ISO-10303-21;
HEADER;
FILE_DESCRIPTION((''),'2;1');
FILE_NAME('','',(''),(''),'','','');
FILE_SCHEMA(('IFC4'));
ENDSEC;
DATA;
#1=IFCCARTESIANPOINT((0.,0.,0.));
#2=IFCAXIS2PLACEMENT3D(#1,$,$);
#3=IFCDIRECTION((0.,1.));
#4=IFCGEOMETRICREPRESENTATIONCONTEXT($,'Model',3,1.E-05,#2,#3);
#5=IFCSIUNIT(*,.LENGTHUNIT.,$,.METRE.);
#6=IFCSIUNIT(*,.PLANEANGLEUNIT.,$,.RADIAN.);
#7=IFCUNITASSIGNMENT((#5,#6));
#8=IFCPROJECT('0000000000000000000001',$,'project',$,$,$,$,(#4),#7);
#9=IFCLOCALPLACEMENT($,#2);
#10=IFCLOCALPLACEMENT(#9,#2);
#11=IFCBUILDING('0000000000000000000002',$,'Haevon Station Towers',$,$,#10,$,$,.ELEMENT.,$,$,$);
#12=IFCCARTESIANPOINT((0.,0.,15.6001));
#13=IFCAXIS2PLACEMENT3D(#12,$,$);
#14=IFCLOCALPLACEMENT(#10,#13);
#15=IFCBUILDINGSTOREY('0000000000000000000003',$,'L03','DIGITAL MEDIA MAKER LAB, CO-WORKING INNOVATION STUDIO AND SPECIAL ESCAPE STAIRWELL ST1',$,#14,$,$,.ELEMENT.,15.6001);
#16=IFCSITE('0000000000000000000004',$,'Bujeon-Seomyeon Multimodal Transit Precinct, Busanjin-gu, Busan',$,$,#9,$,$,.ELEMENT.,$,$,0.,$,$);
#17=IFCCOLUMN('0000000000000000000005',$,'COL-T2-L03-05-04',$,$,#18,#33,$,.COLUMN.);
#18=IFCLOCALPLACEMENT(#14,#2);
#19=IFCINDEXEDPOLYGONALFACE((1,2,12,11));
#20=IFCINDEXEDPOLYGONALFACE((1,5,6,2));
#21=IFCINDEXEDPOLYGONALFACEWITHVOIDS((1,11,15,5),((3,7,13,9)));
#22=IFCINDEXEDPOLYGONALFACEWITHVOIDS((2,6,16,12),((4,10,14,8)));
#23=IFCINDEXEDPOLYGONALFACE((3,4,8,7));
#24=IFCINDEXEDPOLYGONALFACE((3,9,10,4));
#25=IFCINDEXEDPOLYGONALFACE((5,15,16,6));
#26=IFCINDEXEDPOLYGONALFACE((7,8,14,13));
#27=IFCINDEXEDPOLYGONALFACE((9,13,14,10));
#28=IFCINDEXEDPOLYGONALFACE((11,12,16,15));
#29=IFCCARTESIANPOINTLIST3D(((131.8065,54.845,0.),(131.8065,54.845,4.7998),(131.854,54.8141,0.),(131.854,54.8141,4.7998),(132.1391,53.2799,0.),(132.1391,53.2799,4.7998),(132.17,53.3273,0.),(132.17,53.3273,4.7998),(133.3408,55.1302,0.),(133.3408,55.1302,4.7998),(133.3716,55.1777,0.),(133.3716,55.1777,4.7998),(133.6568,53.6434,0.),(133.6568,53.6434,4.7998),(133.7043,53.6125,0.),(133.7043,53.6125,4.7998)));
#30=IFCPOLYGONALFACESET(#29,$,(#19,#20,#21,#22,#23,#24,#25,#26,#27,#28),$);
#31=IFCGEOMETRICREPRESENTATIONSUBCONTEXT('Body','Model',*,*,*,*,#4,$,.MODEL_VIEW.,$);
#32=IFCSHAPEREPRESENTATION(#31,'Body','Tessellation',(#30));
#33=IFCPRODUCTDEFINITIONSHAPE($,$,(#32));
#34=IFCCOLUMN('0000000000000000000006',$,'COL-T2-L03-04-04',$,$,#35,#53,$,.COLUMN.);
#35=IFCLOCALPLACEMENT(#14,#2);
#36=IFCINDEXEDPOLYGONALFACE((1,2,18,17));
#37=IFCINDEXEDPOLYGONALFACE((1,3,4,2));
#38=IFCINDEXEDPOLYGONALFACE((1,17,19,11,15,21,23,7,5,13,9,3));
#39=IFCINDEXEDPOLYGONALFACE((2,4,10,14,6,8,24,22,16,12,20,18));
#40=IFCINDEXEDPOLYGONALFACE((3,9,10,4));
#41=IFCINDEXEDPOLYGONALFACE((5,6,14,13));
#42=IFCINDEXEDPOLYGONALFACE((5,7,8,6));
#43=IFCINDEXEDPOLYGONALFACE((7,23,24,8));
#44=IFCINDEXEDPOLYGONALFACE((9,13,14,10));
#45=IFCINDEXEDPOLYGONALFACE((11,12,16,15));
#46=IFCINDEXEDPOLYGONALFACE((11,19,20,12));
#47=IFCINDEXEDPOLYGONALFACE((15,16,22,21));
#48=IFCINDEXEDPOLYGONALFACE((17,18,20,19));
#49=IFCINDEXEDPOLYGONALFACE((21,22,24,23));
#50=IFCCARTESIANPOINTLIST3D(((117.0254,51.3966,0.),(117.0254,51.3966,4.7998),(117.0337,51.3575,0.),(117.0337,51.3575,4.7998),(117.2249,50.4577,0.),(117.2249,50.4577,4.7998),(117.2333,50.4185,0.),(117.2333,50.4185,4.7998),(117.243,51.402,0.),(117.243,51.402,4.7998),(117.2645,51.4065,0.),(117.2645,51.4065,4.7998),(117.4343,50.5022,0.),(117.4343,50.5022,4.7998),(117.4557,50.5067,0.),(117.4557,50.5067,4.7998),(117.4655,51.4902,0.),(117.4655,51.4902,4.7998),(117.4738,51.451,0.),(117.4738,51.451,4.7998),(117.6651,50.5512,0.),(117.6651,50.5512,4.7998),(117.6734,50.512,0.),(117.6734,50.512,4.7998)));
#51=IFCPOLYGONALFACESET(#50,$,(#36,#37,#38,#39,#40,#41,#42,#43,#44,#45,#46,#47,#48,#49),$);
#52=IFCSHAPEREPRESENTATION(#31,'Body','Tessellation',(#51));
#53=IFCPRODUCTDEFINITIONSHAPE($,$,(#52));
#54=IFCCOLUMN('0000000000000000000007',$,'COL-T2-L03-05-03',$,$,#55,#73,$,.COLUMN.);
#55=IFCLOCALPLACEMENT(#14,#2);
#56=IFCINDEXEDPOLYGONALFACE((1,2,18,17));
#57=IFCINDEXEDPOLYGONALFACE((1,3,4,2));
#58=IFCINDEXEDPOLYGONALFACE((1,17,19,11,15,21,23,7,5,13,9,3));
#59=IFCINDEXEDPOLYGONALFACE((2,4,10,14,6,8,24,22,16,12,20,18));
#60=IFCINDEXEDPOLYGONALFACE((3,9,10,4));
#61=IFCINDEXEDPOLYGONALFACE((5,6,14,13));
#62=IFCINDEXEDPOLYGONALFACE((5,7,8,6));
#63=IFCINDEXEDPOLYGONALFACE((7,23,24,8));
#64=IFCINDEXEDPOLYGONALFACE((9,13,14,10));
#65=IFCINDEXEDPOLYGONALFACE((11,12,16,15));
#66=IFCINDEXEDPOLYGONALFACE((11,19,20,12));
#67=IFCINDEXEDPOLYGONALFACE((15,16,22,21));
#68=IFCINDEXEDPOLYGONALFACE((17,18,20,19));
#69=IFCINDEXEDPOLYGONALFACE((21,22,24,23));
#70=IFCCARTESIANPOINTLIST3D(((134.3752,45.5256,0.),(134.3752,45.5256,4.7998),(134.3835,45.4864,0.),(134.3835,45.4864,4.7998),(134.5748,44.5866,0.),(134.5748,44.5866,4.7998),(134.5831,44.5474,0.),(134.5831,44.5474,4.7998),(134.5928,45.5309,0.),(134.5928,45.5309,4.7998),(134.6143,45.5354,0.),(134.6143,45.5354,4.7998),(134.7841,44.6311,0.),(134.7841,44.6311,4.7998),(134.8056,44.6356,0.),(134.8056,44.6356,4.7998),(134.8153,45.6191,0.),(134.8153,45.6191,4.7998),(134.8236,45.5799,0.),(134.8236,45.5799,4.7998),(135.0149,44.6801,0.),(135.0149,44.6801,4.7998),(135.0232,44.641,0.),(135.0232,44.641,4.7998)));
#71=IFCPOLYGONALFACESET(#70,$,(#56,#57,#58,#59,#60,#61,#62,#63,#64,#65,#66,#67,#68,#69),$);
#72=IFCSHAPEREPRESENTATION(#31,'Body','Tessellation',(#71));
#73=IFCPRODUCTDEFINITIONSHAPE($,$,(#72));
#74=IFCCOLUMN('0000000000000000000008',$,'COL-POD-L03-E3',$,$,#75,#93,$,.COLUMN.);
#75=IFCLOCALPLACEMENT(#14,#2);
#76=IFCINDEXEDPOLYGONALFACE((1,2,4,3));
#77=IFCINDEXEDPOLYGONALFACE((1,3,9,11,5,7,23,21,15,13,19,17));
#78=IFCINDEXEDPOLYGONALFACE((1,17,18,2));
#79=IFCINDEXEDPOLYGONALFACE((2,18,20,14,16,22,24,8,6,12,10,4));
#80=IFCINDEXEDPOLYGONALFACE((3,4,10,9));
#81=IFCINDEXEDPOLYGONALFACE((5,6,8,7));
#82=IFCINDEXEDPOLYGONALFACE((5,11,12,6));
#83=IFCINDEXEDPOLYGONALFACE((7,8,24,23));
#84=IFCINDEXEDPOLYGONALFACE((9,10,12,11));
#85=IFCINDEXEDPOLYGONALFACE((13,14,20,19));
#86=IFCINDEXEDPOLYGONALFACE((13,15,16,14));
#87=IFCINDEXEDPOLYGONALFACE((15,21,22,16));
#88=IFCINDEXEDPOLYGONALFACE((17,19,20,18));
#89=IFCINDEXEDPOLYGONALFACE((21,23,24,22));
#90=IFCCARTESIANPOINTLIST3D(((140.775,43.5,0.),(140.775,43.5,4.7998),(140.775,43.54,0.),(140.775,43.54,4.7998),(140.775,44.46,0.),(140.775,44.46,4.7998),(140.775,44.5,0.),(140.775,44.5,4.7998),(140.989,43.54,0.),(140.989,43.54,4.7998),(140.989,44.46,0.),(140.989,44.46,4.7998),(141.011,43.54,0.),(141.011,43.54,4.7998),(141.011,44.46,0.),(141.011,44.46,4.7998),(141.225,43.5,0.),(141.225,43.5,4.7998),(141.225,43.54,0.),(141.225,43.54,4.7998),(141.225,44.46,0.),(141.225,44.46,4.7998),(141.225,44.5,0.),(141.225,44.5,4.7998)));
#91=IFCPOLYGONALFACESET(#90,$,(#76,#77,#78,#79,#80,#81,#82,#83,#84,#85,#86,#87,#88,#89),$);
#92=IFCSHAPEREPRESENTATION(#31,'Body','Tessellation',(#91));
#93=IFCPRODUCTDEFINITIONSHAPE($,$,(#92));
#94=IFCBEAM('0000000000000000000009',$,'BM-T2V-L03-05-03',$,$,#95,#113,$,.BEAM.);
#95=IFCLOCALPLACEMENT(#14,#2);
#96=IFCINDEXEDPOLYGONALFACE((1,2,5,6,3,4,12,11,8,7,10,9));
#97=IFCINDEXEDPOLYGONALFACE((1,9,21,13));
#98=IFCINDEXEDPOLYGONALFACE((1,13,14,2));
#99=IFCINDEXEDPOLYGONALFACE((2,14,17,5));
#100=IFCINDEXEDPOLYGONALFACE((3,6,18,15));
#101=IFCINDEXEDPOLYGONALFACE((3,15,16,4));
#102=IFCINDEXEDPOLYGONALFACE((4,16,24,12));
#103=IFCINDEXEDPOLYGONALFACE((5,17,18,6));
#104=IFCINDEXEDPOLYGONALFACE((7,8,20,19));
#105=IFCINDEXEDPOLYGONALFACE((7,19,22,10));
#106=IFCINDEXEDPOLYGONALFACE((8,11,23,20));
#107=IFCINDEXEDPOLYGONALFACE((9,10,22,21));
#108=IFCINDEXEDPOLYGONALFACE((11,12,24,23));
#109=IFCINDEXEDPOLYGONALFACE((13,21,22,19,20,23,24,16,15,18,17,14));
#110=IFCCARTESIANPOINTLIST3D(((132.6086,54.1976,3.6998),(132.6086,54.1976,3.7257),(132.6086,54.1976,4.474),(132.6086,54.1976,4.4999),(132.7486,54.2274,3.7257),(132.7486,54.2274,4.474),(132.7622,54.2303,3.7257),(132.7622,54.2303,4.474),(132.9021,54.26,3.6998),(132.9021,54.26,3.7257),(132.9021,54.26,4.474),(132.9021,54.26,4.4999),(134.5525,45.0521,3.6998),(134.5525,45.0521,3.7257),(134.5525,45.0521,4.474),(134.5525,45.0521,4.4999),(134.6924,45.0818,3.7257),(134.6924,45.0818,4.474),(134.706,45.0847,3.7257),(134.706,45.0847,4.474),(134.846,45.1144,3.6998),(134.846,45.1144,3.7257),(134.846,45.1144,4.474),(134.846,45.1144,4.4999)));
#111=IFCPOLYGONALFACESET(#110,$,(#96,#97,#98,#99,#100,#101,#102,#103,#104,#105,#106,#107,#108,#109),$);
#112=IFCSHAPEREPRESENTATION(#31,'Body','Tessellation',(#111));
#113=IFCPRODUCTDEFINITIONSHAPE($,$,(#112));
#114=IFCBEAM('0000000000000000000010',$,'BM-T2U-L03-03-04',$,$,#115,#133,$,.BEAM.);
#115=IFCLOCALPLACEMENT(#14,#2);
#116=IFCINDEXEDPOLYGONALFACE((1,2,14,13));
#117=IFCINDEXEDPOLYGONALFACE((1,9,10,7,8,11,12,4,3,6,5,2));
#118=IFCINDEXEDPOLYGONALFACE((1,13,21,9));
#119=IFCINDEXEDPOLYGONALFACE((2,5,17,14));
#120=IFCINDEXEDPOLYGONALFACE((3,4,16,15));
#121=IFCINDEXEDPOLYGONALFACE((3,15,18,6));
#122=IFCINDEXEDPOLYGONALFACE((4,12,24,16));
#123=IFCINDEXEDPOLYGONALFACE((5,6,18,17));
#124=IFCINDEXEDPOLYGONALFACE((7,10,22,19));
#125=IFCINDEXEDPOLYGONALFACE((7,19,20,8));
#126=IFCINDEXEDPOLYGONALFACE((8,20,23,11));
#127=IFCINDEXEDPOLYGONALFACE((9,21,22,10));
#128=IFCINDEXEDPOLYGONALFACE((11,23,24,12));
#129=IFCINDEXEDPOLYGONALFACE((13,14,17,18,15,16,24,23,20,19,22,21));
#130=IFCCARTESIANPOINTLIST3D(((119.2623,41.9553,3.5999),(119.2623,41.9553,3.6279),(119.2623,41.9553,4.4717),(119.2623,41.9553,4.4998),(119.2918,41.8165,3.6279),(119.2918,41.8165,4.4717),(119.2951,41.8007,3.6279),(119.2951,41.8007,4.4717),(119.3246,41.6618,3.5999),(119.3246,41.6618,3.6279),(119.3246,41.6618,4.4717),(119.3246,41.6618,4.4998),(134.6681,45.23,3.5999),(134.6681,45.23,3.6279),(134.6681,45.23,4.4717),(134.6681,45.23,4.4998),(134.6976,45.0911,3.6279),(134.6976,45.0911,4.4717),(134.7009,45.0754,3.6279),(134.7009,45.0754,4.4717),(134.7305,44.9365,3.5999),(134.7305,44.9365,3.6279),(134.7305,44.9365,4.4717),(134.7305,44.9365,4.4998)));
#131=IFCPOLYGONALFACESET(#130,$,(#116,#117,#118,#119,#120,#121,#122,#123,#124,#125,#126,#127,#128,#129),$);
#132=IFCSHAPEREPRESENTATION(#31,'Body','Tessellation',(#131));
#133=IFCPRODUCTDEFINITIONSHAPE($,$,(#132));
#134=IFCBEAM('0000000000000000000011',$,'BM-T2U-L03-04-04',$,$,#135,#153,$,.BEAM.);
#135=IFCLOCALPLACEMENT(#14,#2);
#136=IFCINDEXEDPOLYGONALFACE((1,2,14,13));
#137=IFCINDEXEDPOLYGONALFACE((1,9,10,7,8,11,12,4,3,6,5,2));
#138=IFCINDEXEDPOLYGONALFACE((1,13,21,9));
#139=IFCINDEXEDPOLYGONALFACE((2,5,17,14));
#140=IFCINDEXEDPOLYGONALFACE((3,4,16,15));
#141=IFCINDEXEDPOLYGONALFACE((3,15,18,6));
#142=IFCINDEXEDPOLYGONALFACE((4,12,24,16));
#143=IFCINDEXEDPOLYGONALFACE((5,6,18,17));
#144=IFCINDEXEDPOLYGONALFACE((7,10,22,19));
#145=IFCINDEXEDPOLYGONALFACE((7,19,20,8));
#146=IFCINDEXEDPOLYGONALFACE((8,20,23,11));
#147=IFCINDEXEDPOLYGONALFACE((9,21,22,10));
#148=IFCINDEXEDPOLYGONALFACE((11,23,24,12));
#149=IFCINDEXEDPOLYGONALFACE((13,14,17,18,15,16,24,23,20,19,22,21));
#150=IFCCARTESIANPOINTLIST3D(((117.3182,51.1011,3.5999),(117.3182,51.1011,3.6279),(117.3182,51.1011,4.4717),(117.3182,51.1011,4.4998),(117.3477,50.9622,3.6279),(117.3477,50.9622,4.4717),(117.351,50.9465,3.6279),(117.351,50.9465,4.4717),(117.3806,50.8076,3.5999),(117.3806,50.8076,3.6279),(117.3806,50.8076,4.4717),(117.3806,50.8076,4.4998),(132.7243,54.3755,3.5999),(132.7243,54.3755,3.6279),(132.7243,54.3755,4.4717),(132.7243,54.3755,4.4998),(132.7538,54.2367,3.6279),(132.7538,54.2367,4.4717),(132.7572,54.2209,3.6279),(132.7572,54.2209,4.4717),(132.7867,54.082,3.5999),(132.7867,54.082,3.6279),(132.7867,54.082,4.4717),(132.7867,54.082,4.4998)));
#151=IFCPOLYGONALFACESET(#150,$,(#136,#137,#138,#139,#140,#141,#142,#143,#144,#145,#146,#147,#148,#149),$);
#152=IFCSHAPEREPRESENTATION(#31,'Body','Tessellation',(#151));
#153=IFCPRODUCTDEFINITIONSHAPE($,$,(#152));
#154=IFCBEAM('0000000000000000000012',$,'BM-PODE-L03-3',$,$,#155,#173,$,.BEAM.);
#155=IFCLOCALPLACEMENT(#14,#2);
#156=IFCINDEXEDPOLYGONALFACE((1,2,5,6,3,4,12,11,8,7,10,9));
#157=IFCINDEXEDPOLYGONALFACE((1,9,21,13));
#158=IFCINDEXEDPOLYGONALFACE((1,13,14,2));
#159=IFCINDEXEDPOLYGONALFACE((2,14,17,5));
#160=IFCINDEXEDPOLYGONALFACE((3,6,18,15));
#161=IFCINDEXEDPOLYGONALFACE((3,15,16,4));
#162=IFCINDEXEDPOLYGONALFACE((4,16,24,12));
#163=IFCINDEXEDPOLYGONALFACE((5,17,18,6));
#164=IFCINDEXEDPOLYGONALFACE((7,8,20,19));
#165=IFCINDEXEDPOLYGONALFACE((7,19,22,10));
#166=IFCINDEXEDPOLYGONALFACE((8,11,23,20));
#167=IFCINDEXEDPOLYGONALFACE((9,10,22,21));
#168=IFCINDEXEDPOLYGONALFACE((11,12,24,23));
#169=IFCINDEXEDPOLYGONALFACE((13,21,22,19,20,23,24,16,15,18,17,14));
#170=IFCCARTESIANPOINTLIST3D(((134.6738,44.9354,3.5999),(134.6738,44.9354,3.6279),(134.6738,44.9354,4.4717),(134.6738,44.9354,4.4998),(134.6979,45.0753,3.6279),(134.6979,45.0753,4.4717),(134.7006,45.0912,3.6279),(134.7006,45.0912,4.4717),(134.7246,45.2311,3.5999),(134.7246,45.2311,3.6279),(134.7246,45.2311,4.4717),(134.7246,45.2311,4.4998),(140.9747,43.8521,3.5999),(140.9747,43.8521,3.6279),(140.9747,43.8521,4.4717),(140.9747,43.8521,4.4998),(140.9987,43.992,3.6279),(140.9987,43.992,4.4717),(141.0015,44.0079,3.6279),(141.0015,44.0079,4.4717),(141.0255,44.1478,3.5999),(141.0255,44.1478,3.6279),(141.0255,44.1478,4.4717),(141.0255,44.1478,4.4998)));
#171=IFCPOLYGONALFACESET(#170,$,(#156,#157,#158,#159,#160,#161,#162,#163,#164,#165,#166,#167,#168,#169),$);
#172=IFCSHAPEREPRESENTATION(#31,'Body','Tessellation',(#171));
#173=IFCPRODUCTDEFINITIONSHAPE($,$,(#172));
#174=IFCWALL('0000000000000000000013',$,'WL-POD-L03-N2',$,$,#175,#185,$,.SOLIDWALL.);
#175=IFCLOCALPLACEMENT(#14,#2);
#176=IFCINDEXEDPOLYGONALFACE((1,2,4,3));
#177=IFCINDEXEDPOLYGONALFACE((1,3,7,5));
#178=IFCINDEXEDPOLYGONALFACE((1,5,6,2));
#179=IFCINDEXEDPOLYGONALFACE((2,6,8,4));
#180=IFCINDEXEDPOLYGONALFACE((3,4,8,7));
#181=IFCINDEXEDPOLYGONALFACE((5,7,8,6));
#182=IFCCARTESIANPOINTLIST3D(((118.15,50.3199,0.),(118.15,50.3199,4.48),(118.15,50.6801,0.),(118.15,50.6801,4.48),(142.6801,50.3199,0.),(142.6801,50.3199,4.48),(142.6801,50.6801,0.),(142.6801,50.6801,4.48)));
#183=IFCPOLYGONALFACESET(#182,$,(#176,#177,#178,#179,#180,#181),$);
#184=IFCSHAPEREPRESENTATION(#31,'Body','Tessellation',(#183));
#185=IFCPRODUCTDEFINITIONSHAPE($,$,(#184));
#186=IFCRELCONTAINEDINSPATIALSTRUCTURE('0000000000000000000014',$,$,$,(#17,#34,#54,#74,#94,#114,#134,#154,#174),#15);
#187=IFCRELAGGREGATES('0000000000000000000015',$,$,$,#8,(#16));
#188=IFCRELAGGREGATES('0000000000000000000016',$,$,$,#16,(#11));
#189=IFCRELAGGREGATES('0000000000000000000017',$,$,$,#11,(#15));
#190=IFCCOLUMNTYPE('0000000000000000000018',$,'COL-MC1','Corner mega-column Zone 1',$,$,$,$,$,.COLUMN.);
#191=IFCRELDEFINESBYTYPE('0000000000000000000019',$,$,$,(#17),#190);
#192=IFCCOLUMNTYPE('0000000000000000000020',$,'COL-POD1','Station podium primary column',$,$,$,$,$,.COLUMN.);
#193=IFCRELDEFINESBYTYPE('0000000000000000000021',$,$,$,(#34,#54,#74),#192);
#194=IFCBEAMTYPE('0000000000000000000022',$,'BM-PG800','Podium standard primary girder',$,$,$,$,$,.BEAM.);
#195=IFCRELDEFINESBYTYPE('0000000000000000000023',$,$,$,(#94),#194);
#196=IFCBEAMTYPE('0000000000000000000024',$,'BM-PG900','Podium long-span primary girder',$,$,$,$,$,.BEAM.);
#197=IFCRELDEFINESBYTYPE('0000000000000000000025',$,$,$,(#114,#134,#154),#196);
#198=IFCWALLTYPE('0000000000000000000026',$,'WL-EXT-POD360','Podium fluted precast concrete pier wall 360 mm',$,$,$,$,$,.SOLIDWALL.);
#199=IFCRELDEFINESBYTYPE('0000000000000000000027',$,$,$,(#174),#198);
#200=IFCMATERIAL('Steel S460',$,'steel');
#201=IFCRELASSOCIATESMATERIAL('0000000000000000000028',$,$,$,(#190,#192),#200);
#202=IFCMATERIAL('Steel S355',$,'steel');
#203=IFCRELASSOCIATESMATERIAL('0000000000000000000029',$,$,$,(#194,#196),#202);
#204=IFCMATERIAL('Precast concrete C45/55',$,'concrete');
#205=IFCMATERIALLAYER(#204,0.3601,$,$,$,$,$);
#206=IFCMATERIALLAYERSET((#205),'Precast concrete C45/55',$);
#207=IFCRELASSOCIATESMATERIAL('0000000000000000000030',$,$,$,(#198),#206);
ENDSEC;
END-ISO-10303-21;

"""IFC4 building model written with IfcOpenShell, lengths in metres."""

from ifc_helpers import new_model, si_unit, direction, frame, frame_2d, origin, origin_2d, place, context, subcontext, project, spatial, rectangle, hollow_rectangle, i_section, extrude, material, layer, layer_set, material_profile, profile_set, type_object, element, save


model = new_model("IFC4")

# Units and contexts
model_context = context("Model", 3, precision=1e-05, world=origin(), true_north=direction((0.0, 1.0)))
body_context = subcontext(model_context, "Body", "Model", "MODEL_VIEW")
ifc_project = project(units=[si_unit("LENGTHUNIT", "METRE"), si_unit("PLANEANGLEUNIT", "RADIAN")], contexts=[model_context])

# Site, building, storey
site_placement = place(None, origin())
site = spatial("IfcSite", under=ifc_project, at=site_placement, Name="Bujeon-Seomyeon Multimodal Transit Precinct, Busanjin-gu, Busan", CompositionType="ELEMENT", RefElevation=0.0)
building_placement = place(site_placement, origin())
building = spatial("IfcBuilding", under=site, at=building_placement, Name="Haevon Station Towers", CompositionType="ELEMENT")
storey_placement = place(building_placement, frame((0.0, 0.0, 15.6001)))
storey = spatial("IfcBuildingStorey", under=building, at=storey_placement, Name="L03", Description="DIGITAL MEDIA MAKER LAB, CO-WORKING INNOVATION STUDIO AND SPECIAL ESCAPE STAIRWELL ST1", CompositionType="ELEMENT", Elevation=15.6001)

# Columns
ifc_material_1 = material(Name="Steel S460", Category="steel")
ifc_material_profile_1 = material_profile(ifc_material_1, hollow_rectangle(XDim=1.6001, YDim=1.6001, WallThickness=0.04, at=origin_2d()), Name="BOX-1600x1600x40")
ifc_profile_set_1 = profile_set([ifc_material_profile_1], Name="Steel S460")
column_type_1 = type_object("IfcColumnType", Name="COL-MC1", Description="Corner mega-column Zone 1", PredefinedType="COLUMN", material=ifc_profile_set_1)
column_placement = place(storey_placement, frame((132.7554, 54.2288, 0.0), z_axis=(0.0, 0.0, 1.0), x_axis=(0.978148, 0.207912, 0.0)))
element("IfcColumn", 1, at=column_placement, inside=storey, type_object=column_type_1, Name="COL-T2-L03-05-04", PredefinedType="COLUMN", context=body_context, shape_type="SweptSolid", body=[
    extrude(hollow_rectangle(XDim=1.6001, YDim=1.6001, WallThickness=0.04, at=origin_2d()), origin(), (0.0, 0.0, 1.0), 4.7998),
])
ifc_material_profile_2 = material_profile(ifc_material_1, i_section(OverallWidth=0.45, OverallDepth=1.0, WebThickness=0.022, FlangeThickness=0.04, at=origin_2d()), Name="H-1000x450x22x40")
ifc_profile_set_2 = profile_set([ifc_material_profile_2], Name="Steel S460")
column_type_2 = type_object("IfcColumnType", Name="COL-POD1", Description="Station podium primary column", PredefinedType="COLUMN", material=ifc_profile_set_2)
for number, where, z_axis, x_axis, name in (
    (2, (117.3494, 50.9543, 0.0), (0.0, 0.0, 1.0), (0.978148, 0.207912, 0.0), "COL-T2-L03-04-04"),
    (3, (134.6992, 45.0833, 0.0), (0.0, 0.0, 1.0), (0.978148, 0.207912, 0.0), "COL-T2-L03-05-03"),
    (4, (141.0, 44.0, 0.0), (0.0, 0.0, 1.0), (1.0, 0.0, 0.0), "COL-POD-L03-E3"),
):
    element("IfcColumn", number, at=place(storey_placement, frame(where, z_axis=z_axis, x_axis=x_axis)), inside=storey, type_object=column_type_2, Name=name, PredefinedType="COLUMN", context=body_context, shape_type="SweptSolid", body=[
        extrude(i_section(OverallWidth=0.45, OverallDepth=1.0, WebThickness=0.022, FlangeThickness=0.04, at=origin_2d()), origin(), (0.0, 0.0, 1.0), 4.7998),
    ])

# Beams
ifc_material_2 = material(Name="Steel S355", Category="steel")
ifc_material_profile_3 = material_profile(ifc_material_2, i_section(OverallWidth=0.3, OverallDepth=0.8, WebThickness=0.0139, FlangeThickness=0.0259, at=origin_2d()), Name="H-800x300x14x26")
ifc_profile_set_3 = profile_set([ifc_material_profile_3], Name="Steel S355")
beam_type_1 = type_object("IfcBeamType", Name="BM-PG800", Description="Podium standard primary girder", PredefinedType="BEAM", material=ifc_profile_set_3)
beam_1_placement = place(storey_placement, frame((134.6992, 45.0833, 4.0999), z_axis=(-0.207902, 0.97815, 0.0), x_axis=(-0.97815, -0.207902, 0.0)))
element("IfcBeam", 5, at=beam_1_placement, inside=storey, type_object=beam_type_1, Name="BM-T2V-L03-05-03", PredefinedType="BEAM", context=body_context, shape_type="SweptSolid", body=[
    extrude(i_section(OverallWidth=0.3, OverallDepth=0.8, WebThickness=0.0139, FlangeThickness=0.0259, at=origin_2d()), origin(), (0.0, 0.0, 1.0), 9.3499),
])
ifc_material_profile_4 = material_profile(ifc_material_2, i_section(OverallWidth=0.3, OverallDepth=0.8999, WebThickness=0.0161, FlangeThickness=0.0281, at=origin_2d()), Name="H-900x300x16x28")
ifc_profile_set_4 = profile_set([ifc_material_profile_4], Name="Steel S355")
beam_type_2 = type_object("IfcBeamType", Name="BM-PG900", Description="Podium long-span primary girder", PredefinedType="BEAM", material=ifc_profile_set_4)
beam_2_placement = place(storey_placement, frame((119.2935, 41.8086, 4.0498), z_axis=(0.978147, 0.207915, 0.0), x_axis=(-0.207915, 0.978147, 0.0)))
element("IfcBeam", 6, at=beam_2_placement, inside=storey, type_object=beam_type_2, Name="BM-T2U-L03-03-04", PredefinedType="BEAM", context=body_context, shape_type="SweptSolid", body=[
    extrude(i_section(OverallWidth=0.3, OverallDepth=0.8999, WebThickness=0.0161, FlangeThickness=0.0281, at=origin_2d()), origin(), (0.0, 0.0, 1.0), 15.75),
])
beam_3_placement = place(storey_placement, frame((117.3494, 50.9543, 4.0498), z_axis=(0.978151, 0.207898, 0.0), x_axis=(-0.207898, 0.978151, 0.0)))
element("IfcBeam", 7, at=beam_3_placement, inside=storey, type_object=beam_type_2, Name="BM-T2U-L03-04-04", PredefinedType="BEAM", context=body_context, shape_type="SweptSolid", body=[
    extrude(i_section(OverallWidth=0.3, OverallDepth=0.8999, WebThickness=0.0161, FlangeThickness=0.0281, at=origin_2d()), origin(), (0.0, 0.0, 1.0), 15.7502),
])
beam_4_placement = place(storey_placement, frame((134.6992, 45.0833, 4.0498), z_axis=(0.985541, -0.169438, 0.0), x_axis=(0.169438, 0.985541, 0.0)))
element("IfcBeam", 8, at=beam_4_placement, inside=storey, type_object=beam_type_2, Name="BM-PODE-L03-3", PredefinedType="BEAM", context=body_context, shape_type="SweptSolid", body=[
    extrude(i_section(OverallWidth=0.3, OverallDepth=0.8999, WebThickness=0.0161, FlangeThickness=0.0281, at=origin_2d()), origin(), (0.0, 0.0, 1.0), 6.3933),
])

# Wall
ifc_material_3 = material(Name="Precast concrete C45/55", Category="concrete")
ifc_layer_1 = layer(ifc_material_3, 0.3601)
ifc_layer_set_1 = layer_set([ifc_layer_1], Name="Precast concrete C45/55")
wall_type_1 = type_object("IfcWallType", Name="WL-EXT-POD360", Description="Podium fluted precast concrete pier wall 360 mm", PredefinedType="SOLIDWALL", material=ifc_layer_set_1)
wall_1_placement = place(storey_placement, frame((118.1499, 50.5, 0.0), z_axis=(0.0, 0.0, 1.0), x_axis=(1.0, 0.0, 0.0)))
element("IfcWall", 9, at=wall_1_placement, inside=storey, type_object=wall_type_1, Name="WL-POD-L03-N2", PredefinedType="SOLIDWALL", context=body_context, shape_type="SweptSolid", body=[
    extrude(rectangle(XDim=24.53, YDim=0.3601, at=frame_2d((12.2651, 0.0))), origin(), (0.0, 0.0, 1.0), 4.48),
])

save(model, "model.ifc")
